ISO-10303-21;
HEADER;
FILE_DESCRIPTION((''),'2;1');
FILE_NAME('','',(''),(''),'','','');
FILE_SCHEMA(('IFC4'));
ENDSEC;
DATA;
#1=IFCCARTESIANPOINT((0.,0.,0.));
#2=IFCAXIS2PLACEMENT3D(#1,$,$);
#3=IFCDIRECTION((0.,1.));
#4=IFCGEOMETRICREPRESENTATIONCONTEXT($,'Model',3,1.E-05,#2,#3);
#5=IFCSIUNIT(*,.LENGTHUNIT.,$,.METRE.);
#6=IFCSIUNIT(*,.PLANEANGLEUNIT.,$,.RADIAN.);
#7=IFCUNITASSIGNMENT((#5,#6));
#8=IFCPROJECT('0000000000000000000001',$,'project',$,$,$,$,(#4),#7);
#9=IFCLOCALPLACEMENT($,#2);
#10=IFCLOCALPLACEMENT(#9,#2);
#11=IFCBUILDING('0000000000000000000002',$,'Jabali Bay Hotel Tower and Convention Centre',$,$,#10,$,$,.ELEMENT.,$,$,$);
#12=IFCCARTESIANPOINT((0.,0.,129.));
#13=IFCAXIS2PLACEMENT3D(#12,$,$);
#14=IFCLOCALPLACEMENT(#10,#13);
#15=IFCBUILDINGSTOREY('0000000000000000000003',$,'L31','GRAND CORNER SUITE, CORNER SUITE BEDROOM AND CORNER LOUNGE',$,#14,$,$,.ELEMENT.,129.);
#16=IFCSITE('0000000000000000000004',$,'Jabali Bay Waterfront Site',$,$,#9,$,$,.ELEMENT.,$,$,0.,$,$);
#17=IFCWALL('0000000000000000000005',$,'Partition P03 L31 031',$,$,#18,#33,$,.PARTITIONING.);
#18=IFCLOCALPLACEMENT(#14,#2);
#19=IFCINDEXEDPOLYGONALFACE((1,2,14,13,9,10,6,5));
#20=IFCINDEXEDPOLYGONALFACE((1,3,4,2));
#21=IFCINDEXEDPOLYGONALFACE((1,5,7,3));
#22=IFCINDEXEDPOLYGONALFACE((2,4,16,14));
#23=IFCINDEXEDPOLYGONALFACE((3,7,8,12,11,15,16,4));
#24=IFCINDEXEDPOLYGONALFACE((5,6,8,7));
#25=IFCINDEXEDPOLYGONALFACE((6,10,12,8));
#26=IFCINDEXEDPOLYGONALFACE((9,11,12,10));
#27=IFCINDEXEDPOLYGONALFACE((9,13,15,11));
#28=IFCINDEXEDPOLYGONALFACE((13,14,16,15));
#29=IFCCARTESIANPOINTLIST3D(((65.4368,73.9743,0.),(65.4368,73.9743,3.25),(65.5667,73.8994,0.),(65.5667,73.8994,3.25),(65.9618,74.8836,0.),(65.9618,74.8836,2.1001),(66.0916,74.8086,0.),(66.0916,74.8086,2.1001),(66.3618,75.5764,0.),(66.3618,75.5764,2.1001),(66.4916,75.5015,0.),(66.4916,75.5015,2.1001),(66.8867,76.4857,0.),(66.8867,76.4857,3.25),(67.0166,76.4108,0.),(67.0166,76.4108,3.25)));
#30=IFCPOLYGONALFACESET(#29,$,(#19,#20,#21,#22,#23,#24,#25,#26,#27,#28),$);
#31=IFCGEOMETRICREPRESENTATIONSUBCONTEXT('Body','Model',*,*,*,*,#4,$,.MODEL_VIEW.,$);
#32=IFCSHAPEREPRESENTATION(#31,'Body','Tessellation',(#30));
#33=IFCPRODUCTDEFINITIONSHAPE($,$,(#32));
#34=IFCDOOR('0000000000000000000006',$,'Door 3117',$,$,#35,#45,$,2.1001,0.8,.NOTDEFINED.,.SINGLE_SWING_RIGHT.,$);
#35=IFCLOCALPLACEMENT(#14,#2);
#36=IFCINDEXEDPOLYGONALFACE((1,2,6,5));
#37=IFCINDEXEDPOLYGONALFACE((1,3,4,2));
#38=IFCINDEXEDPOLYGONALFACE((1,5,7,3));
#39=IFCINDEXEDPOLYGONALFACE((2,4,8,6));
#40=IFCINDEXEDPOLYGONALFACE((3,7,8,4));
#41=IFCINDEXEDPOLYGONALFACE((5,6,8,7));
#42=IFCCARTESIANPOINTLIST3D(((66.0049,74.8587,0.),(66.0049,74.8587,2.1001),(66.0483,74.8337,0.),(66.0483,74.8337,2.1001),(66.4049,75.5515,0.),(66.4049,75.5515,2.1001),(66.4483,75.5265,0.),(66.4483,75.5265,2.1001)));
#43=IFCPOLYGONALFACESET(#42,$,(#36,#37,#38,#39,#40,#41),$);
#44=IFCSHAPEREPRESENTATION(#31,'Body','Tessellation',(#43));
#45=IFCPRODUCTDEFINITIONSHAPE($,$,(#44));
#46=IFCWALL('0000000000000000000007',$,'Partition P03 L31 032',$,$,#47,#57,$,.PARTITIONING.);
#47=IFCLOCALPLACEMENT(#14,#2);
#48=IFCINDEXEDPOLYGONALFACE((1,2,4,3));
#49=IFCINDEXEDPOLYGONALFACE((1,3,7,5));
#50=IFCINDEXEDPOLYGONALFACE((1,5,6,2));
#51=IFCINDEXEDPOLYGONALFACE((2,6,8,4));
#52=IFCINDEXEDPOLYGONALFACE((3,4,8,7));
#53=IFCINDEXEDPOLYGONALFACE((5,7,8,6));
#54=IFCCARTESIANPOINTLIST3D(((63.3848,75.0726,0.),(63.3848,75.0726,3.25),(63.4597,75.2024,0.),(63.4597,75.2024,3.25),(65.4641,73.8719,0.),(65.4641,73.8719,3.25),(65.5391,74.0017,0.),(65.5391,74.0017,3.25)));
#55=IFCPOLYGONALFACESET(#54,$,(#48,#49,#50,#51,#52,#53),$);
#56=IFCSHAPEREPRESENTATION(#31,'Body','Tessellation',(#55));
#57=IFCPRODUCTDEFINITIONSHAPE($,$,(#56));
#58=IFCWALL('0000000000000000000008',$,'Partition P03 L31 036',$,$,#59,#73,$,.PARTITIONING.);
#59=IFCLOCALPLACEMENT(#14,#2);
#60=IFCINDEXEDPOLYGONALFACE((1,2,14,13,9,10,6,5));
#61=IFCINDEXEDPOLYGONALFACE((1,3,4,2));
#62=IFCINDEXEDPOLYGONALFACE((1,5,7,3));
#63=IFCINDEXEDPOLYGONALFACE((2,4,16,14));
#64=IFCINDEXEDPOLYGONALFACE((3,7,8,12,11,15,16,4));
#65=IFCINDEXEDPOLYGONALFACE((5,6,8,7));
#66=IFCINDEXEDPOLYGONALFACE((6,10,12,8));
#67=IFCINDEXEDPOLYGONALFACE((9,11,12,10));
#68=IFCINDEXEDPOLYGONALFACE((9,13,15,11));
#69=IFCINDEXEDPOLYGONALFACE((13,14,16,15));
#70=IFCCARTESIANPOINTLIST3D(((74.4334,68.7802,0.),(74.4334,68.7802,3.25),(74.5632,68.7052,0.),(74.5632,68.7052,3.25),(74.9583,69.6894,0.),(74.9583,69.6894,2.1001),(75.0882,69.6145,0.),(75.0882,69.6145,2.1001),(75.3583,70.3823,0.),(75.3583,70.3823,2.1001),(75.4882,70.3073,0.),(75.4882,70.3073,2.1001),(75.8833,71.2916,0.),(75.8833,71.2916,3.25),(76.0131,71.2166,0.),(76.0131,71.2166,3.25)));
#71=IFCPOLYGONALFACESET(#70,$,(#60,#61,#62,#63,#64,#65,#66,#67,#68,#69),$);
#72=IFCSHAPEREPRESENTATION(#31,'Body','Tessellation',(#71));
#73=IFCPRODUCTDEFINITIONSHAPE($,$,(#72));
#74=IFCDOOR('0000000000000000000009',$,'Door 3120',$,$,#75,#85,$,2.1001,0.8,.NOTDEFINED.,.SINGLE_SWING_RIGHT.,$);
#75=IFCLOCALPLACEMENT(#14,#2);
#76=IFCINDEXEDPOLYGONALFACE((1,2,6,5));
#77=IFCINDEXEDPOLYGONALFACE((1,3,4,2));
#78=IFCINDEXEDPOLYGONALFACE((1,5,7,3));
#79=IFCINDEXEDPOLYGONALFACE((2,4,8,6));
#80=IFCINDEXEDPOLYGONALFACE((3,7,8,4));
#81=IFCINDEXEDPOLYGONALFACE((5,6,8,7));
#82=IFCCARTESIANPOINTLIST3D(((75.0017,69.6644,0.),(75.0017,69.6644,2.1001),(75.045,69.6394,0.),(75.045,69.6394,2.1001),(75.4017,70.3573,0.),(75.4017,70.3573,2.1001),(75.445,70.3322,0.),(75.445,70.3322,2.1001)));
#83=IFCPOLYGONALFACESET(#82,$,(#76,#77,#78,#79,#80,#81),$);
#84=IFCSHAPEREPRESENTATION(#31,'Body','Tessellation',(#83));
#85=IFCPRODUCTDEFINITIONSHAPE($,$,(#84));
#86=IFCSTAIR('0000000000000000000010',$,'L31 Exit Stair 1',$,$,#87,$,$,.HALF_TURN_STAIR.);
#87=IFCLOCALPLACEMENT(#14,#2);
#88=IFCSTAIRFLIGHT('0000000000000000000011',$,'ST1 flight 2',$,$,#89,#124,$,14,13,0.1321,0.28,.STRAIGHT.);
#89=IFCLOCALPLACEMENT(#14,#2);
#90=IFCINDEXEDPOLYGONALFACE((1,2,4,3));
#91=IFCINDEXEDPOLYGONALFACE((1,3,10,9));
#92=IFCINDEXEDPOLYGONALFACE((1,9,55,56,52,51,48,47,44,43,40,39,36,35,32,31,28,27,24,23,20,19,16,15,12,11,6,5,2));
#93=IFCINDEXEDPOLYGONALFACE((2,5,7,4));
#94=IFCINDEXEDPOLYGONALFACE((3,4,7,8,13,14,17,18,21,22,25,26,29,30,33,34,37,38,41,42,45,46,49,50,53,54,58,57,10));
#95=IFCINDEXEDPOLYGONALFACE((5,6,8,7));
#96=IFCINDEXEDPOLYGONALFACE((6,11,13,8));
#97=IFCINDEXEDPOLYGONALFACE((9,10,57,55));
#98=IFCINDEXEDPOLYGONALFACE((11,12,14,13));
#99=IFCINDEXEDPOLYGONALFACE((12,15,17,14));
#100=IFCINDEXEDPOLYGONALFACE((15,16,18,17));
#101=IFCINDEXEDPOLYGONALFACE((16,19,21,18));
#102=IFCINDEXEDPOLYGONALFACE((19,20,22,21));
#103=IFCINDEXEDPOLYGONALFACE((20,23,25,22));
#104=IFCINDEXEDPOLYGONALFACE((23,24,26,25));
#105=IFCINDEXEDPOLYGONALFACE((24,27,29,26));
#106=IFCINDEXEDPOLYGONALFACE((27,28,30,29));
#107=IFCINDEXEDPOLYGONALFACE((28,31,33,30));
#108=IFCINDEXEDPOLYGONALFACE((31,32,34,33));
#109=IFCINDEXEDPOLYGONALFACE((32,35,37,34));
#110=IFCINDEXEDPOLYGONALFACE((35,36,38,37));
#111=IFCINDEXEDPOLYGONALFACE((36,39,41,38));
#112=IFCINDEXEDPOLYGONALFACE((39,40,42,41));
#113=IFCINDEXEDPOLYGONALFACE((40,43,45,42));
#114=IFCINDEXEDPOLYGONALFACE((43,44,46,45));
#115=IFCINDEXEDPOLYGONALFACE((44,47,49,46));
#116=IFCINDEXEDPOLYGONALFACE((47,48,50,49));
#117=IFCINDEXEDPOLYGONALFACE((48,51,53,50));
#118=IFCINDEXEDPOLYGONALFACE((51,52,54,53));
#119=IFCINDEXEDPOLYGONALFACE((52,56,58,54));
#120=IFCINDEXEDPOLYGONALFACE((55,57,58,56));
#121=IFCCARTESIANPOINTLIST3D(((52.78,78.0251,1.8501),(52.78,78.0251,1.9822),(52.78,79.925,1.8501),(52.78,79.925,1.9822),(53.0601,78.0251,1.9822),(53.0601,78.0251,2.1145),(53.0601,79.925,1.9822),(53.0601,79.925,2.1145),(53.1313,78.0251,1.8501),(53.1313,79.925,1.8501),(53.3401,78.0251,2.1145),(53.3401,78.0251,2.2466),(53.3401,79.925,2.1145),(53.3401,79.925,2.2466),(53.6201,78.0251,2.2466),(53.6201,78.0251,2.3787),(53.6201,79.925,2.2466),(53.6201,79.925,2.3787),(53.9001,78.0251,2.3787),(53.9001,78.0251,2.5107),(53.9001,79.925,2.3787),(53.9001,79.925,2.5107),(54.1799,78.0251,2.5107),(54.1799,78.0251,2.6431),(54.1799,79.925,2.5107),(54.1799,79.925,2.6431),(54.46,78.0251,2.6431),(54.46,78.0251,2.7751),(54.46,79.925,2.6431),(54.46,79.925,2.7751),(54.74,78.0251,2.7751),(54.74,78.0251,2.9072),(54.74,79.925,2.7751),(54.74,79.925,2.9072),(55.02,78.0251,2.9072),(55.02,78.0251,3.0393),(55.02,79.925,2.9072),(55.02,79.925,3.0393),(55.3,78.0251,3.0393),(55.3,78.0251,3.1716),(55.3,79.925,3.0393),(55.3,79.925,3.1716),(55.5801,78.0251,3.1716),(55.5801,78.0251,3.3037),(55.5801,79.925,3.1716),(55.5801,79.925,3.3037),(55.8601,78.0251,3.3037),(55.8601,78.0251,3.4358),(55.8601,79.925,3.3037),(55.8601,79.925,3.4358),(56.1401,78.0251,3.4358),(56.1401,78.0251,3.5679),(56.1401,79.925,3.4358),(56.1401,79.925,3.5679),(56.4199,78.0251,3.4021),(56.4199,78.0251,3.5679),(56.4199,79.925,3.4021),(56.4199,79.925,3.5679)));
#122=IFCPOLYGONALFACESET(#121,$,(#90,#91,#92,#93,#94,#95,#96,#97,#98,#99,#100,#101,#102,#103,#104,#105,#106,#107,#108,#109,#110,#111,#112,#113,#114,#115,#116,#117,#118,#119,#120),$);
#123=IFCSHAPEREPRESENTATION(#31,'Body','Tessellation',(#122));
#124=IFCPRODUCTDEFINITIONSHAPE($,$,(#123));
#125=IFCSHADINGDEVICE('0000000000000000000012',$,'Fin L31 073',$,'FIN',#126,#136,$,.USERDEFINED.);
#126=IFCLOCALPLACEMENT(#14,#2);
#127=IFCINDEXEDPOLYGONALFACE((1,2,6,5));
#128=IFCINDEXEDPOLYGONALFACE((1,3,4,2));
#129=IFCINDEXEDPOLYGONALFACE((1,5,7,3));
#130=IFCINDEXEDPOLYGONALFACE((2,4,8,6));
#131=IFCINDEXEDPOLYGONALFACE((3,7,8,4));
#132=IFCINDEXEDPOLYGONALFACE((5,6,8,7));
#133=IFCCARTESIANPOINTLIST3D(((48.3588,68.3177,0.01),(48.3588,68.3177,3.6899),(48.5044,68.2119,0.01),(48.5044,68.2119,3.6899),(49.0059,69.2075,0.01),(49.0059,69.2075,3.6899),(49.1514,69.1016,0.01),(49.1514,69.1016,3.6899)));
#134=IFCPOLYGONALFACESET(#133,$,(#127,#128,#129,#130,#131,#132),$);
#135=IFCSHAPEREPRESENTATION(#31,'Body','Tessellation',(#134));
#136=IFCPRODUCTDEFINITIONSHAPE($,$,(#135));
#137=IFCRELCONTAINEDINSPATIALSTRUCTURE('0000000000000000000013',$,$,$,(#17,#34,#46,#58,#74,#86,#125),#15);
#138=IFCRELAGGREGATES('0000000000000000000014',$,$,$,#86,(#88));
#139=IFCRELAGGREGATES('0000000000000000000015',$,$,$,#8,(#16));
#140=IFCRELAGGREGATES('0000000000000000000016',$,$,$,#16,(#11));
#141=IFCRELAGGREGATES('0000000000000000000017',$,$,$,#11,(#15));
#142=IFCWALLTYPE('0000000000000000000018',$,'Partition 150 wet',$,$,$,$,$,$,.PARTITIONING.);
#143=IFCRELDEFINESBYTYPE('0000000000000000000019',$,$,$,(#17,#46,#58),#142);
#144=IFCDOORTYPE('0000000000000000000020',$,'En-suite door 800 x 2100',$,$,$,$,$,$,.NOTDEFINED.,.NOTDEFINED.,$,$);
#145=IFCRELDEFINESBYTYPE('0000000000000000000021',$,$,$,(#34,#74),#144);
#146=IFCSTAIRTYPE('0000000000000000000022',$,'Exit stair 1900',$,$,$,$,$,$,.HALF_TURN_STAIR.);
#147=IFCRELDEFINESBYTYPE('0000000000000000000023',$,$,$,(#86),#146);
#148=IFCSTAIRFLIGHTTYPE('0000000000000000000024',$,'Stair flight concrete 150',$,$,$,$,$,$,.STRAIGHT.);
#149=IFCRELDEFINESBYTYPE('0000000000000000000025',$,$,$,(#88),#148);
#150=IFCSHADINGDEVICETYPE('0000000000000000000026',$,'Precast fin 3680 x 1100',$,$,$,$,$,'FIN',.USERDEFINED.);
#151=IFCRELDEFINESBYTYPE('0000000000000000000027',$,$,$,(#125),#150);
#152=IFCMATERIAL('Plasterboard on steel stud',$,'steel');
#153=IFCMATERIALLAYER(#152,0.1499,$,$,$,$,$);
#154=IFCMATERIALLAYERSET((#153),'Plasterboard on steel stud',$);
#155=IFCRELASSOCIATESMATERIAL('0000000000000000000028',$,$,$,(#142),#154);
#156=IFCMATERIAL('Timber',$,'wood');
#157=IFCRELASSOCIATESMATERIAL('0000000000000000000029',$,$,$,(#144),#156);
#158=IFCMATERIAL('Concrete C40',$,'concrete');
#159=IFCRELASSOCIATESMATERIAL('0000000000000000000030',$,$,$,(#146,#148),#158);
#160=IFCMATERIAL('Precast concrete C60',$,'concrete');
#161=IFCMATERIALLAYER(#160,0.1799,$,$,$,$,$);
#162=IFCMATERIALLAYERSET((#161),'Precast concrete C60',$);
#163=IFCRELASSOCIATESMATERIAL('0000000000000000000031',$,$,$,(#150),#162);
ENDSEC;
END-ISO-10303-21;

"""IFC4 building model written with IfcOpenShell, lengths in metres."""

from ifc_helpers import new_model, si_unit, direction, frame, frame_2d, origin, place, context, subcontext, project, spatial, polyline, rectangle, outline, extrude, material, layer, layer_set, type_object, element, fill, aggregate, save


model = new_model("IFC4")

# Units and contexts
model_context = context("Model", 3, precision=1e-05, world=origin(), true_north=direction((0.0, 1.0)))
body_context = subcontext(model_context, "Body", "Model", "MODEL_VIEW")
ifc_project = project(units=[si_unit("LENGTHUNIT", "METRE"), si_unit("PLANEANGLEUNIT", "RADIAN")], contexts=[model_context])

# Site, building, storey
site_placement = place(None, origin())
site = spatial("IfcSite", under=ifc_project, at=site_placement, Name="Jabali Bay Waterfront Site", CompositionType="ELEMENT", RefElevation=0.0)
building_placement = place(site_placement, origin())
building = spatial("IfcBuilding", under=site, at=building_placement, Name="Jabali Bay Hotel Tower and Convention Centre", CompositionType="ELEMENT")
storey_placement = place(building_placement, frame((0.0, 0.0, 129.0)))
storey = spatial("IfcBuildingStorey", under=building, at=storey_placement, Name="L31", Description="GRAND CORNER SUITE, CORNER SUITE BEDROOM AND CORNER LOUNGE", CompositionType="ELEMENT", Elevation=129.0)

# Shared definitions
ifc_material_1 = material(Name="Concrete C40", Category="concrete")

# Shared definitions
ifc_material_2 = material(Name="Timber", Category="wood")

# Wall, opening, door
ifc_material_3 = material(Name="Plasterboard on steel stud", Category="steel")
ifc_layer_1 = layer(ifc_material_3, 0.1499)
ifc_layer_set_1 = layer_set([ifc_layer_1], Name="Plasterboard on steel stud")
wall_type_1 = type_object("IfcWallType", Name="Partition 150 wet", PredefinedType="PARTITIONING", material=ifc_layer_set_1)
wall_1_placement = place(storey_placement, frame((66.9517, 76.4482, 0.0), z_axis=(0.0, 0.0, 1.0), x_axis=(-0.499987, -0.866033, 0.0)))
wall_1 = element("IfcWall", 1, at=wall_1_placement, inside=storey, type_object=wall_type_1, Name="Partition P03 L31 031", PredefinedType="PARTITIONING", context=body_context, shape_type="SweptSolid", body=[
    extrude(rectangle(XDim=2.8999, YDim=0.1499, at=frame_2d((1.45, 0.0))), origin(), (0.0, 0.0, 1.0), 3.25),
])
opening_1_placement = place(wall_1_placement, frame((1.05, 0.0, 0.0)))
opening_1 = element("IfcOpeningElement", 2, at=opening_1_placement, cuts=wall_1, PredefinedType="OPENING", context=body_context, shape_type="SweptSolid", body=[
    extrude(rectangle(XDim=0.8, YDim=2.1001, at=frame_2d((0.3999, 1.05))), frame((0.0, 0.0854, 0.0), z_axis=(0.0, -1.0, 0.0), x_axis=(1.0, 0.0, 0.0)), (0.0, 0.0, 1.0), 0.1709),
])
door_type_1 = type_object("IfcDoorType", Name="En-suite door 800 x 2100", OperationType="NOTDEFINED", PredefinedType="NOTDEFINED", material=ifc_material_2)
door_1_placement = place(opening_1_placement, origin())
door_1 = element("IfcDoor", 3, at=door_1_placement, inside=storey, type_object=door_type_1, Name="Door 3117", OperationType="SINGLE_SWING_RIGHT", OverallHeight=2.1001, OverallWidth=0.8, PredefinedType="NOTDEFINED", context=body_context, shape_type="SweptSolid", body=[
    extrude(rectangle(XDim=0.8, YDim=2.1001, at=frame_2d((0.3999, 1.05))), frame((0.0, 0.0249, 0.0), z_axis=(0.0, -1.0, 0.0), x_axis=(1.0, 0.0, 0.0)), (0.0, 0.0, 1.0), 0.05),
])
fill(opening_1, door_1)

# Wall
wall_2_placement = place(storey_placement, frame((65.5017, 73.9368, 0.0), z_axis=(0.0, 0.0, 1.0), x_axis=(-0.865994, 0.500054, 0.0)))
element("IfcWall", 4, at=wall_2_placement, inside=storey, type_object=wall_type_1, Name="Partition P03 L31 032", PredefinedType="PARTITIONING", context=body_context, shape_type="SweptSolid", body=[
    extrude(rectangle(XDim=2.4011, YDim=0.1499, at=frame_2d((1.2007, 0.0))), origin(), (0.0, 0.0, 1.0), 3.25),
])

# Wall, opening, door
wall_3_placement = place(storey_placement, frame((74.4983, 68.7427, 0.0), z_axis=(0.0, 0.0, 1.0), x_axis=(0.499987, 0.866033, 0.0)))
wall_3 = element("IfcWall", 5, at=wall_3_placement, inside=storey, type_object=wall_type_1, Name="Partition P03 L31 036", PredefinedType="PARTITIONING", context=body_context, shape_type="SweptSolid", body=[
    extrude(rectangle(XDim=2.8999, YDim=0.1499, at=frame_2d((1.45, 0.0))), origin(), (0.0, 0.0, 1.0), 3.25),
])
opening_2_placement = place(wall_3_placement, frame((1.05, 0.0, 0.0)))
opening_2 = element("IfcOpeningElement", 6, at=opening_2_placement, cuts=wall_3, PredefinedType="OPENING", context=body_context, shape_type="SweptSolid", body=[
    extrude(rectangle(XDim=0.8, YDim=2.1001, at=frame_2d((0.3999, 1.05))), frame((0.0, 0.0854, 0.0), z_axis=(0.0, -1.0, 0.0), x_axis=(1.0, 0.0, 0.0)), (0.0, 0.0, 1.0), 0.1709),
])
door_2_placement = place(opening_2_placement, origin())
door_2 = element("IfcDoor", 7, at=door_2_placement, inside=storey, type_object=door_type_1, Name="Door 3120", OperationType="SINGLE_SWING_RIGHT", OverallHeight=2.1001, OverallWidth=0.8, PredefinedType="NOTDEFINED", context=body_context, shape_type="SweptSolid", body=[
    extrude(rectangle(XDim=0.8, YDim=2.1001, at=frame_2d((0.3999, 1.05))), frame((0.0, 0.0249, 0.0), z_axis=(0.0, -1.0, 0.0), x_axis=(1.0, 0.0, 0.0)), (0.0, 0.0, 1.0), 0.05),
])
fill(opening_2, door_2)

# Stair, stair flight
stair_type = type_object("IfcStairType", Name="Exit stair 1900", PredefinedType="HALF_TURN_STAIR", material=ifc_material_1)
stair_placement = place(storey_placement, origin())
stair = element("IfcStair", 8, at=stair_placement, inside=storey, type_object=stair_type, Name="L31 Exit Stair 1", PredefinedType="HALF_TURN_STAIR")
stair_flight_type = type_object("IfcStairFlightType", Name="Stair flight concrete 150", PredefinedType="STRAIGHT", material=ifc_material_1)
stair_flight_placement = place(storey_placement, frame((52.78, 78.9751, 1.8501), z_axis=(0.0, 0.0, 1.0), x_axis=(1.0, 0.0, 0.0)))
stair_flight = element("IfcStairFlight", 9, at=stair_flight_placement, type_object=stair_flight_type, Name="ST1 flight 2", NumberOfRisers=14, NumberOfTreads=13, PredefinedType="STRAIGHT", RiserHeight=0.1321, TreadLength=0.28, context=body_context, shape_type="SweptSolid", body=[
    extrude(outline(polyline([(0.0, 0.0), (0.0, 0.1321), (0.28, 0.1321), (0.28, 0.2644), (0.5601, 0.2644), (0.5601, 0.3965), (0.8401, 0.3965), (0.8401, 0.5286), (1.1201, 0.5286), (1.1201, 0.6606), (1.3999, 0.6606), (1.3999, 0.793), (1.6799, 0.793), (1.6799, 0.925), (1.96, 0.925), (1.96, 1.0571), (2.24, 1.0571), (2.24, 1.1892), (2.52, 1.1892), (2.52, 1.3215), (2.8, 1.3215), (2.8, 1.4536), (3.0801, 1.4536), (3.0801, 1.5857), (3.3601, 1.5857), (3.3601, 1.7178), (3.6399, 1.7178), (3.6399, 1.8501), (3.6399, 1.552), (0.3513, 0.0), (0.0, 0.0)])), frame((0.0, 0.95, 0.0), z_axis=(0.0, -1.0, 0.0), x_axis=(1.0, 0.0, 0.0)), (0.0, 0.0, 1.0), 1.8999),
])
aggregate(stair, [stair_flight])

# Shading device
ifc_material_4 = material(Name="Precast concrete C60", Category="concrete")
ifc_layer_2 = layer(ifc_material_4, 0.1799)
ifc_layer_set_2 = layer_set([ifc_layer_2], Name="Precast concrete C60")
shading_device_type = type_object("IfcShadingDeviceType", Name="Precast fin 3680 x 1100", ElementType="FIN", PredefinedType="USERDEFINED", material=ifc_layer_set_2)
shading_device_placement = place(storey_placement, frame((49.0786, 69.1545, 0.01), z_axis=(0.0, 0.0, 1.0), x_axis=(-0.588145, -0.808755, 0.0)))
element("IfcShadingDevice", 10, at=shading_device_placement, inside=storey, type_object=shading_device_type, Name="Fin L31 073", ObjectType="FIN", PredefinedType="USERDEFINED", context=body_context, shape_type="SweptSolid", body=[
    extrude(rectangle(XDim=1.1001, YDim=0.1799, at=frame_2d((0.55, 0.0))), origin(), (0.0, 0.0, 1.0), 3.6799),
])

save(model, "model.ifc")
